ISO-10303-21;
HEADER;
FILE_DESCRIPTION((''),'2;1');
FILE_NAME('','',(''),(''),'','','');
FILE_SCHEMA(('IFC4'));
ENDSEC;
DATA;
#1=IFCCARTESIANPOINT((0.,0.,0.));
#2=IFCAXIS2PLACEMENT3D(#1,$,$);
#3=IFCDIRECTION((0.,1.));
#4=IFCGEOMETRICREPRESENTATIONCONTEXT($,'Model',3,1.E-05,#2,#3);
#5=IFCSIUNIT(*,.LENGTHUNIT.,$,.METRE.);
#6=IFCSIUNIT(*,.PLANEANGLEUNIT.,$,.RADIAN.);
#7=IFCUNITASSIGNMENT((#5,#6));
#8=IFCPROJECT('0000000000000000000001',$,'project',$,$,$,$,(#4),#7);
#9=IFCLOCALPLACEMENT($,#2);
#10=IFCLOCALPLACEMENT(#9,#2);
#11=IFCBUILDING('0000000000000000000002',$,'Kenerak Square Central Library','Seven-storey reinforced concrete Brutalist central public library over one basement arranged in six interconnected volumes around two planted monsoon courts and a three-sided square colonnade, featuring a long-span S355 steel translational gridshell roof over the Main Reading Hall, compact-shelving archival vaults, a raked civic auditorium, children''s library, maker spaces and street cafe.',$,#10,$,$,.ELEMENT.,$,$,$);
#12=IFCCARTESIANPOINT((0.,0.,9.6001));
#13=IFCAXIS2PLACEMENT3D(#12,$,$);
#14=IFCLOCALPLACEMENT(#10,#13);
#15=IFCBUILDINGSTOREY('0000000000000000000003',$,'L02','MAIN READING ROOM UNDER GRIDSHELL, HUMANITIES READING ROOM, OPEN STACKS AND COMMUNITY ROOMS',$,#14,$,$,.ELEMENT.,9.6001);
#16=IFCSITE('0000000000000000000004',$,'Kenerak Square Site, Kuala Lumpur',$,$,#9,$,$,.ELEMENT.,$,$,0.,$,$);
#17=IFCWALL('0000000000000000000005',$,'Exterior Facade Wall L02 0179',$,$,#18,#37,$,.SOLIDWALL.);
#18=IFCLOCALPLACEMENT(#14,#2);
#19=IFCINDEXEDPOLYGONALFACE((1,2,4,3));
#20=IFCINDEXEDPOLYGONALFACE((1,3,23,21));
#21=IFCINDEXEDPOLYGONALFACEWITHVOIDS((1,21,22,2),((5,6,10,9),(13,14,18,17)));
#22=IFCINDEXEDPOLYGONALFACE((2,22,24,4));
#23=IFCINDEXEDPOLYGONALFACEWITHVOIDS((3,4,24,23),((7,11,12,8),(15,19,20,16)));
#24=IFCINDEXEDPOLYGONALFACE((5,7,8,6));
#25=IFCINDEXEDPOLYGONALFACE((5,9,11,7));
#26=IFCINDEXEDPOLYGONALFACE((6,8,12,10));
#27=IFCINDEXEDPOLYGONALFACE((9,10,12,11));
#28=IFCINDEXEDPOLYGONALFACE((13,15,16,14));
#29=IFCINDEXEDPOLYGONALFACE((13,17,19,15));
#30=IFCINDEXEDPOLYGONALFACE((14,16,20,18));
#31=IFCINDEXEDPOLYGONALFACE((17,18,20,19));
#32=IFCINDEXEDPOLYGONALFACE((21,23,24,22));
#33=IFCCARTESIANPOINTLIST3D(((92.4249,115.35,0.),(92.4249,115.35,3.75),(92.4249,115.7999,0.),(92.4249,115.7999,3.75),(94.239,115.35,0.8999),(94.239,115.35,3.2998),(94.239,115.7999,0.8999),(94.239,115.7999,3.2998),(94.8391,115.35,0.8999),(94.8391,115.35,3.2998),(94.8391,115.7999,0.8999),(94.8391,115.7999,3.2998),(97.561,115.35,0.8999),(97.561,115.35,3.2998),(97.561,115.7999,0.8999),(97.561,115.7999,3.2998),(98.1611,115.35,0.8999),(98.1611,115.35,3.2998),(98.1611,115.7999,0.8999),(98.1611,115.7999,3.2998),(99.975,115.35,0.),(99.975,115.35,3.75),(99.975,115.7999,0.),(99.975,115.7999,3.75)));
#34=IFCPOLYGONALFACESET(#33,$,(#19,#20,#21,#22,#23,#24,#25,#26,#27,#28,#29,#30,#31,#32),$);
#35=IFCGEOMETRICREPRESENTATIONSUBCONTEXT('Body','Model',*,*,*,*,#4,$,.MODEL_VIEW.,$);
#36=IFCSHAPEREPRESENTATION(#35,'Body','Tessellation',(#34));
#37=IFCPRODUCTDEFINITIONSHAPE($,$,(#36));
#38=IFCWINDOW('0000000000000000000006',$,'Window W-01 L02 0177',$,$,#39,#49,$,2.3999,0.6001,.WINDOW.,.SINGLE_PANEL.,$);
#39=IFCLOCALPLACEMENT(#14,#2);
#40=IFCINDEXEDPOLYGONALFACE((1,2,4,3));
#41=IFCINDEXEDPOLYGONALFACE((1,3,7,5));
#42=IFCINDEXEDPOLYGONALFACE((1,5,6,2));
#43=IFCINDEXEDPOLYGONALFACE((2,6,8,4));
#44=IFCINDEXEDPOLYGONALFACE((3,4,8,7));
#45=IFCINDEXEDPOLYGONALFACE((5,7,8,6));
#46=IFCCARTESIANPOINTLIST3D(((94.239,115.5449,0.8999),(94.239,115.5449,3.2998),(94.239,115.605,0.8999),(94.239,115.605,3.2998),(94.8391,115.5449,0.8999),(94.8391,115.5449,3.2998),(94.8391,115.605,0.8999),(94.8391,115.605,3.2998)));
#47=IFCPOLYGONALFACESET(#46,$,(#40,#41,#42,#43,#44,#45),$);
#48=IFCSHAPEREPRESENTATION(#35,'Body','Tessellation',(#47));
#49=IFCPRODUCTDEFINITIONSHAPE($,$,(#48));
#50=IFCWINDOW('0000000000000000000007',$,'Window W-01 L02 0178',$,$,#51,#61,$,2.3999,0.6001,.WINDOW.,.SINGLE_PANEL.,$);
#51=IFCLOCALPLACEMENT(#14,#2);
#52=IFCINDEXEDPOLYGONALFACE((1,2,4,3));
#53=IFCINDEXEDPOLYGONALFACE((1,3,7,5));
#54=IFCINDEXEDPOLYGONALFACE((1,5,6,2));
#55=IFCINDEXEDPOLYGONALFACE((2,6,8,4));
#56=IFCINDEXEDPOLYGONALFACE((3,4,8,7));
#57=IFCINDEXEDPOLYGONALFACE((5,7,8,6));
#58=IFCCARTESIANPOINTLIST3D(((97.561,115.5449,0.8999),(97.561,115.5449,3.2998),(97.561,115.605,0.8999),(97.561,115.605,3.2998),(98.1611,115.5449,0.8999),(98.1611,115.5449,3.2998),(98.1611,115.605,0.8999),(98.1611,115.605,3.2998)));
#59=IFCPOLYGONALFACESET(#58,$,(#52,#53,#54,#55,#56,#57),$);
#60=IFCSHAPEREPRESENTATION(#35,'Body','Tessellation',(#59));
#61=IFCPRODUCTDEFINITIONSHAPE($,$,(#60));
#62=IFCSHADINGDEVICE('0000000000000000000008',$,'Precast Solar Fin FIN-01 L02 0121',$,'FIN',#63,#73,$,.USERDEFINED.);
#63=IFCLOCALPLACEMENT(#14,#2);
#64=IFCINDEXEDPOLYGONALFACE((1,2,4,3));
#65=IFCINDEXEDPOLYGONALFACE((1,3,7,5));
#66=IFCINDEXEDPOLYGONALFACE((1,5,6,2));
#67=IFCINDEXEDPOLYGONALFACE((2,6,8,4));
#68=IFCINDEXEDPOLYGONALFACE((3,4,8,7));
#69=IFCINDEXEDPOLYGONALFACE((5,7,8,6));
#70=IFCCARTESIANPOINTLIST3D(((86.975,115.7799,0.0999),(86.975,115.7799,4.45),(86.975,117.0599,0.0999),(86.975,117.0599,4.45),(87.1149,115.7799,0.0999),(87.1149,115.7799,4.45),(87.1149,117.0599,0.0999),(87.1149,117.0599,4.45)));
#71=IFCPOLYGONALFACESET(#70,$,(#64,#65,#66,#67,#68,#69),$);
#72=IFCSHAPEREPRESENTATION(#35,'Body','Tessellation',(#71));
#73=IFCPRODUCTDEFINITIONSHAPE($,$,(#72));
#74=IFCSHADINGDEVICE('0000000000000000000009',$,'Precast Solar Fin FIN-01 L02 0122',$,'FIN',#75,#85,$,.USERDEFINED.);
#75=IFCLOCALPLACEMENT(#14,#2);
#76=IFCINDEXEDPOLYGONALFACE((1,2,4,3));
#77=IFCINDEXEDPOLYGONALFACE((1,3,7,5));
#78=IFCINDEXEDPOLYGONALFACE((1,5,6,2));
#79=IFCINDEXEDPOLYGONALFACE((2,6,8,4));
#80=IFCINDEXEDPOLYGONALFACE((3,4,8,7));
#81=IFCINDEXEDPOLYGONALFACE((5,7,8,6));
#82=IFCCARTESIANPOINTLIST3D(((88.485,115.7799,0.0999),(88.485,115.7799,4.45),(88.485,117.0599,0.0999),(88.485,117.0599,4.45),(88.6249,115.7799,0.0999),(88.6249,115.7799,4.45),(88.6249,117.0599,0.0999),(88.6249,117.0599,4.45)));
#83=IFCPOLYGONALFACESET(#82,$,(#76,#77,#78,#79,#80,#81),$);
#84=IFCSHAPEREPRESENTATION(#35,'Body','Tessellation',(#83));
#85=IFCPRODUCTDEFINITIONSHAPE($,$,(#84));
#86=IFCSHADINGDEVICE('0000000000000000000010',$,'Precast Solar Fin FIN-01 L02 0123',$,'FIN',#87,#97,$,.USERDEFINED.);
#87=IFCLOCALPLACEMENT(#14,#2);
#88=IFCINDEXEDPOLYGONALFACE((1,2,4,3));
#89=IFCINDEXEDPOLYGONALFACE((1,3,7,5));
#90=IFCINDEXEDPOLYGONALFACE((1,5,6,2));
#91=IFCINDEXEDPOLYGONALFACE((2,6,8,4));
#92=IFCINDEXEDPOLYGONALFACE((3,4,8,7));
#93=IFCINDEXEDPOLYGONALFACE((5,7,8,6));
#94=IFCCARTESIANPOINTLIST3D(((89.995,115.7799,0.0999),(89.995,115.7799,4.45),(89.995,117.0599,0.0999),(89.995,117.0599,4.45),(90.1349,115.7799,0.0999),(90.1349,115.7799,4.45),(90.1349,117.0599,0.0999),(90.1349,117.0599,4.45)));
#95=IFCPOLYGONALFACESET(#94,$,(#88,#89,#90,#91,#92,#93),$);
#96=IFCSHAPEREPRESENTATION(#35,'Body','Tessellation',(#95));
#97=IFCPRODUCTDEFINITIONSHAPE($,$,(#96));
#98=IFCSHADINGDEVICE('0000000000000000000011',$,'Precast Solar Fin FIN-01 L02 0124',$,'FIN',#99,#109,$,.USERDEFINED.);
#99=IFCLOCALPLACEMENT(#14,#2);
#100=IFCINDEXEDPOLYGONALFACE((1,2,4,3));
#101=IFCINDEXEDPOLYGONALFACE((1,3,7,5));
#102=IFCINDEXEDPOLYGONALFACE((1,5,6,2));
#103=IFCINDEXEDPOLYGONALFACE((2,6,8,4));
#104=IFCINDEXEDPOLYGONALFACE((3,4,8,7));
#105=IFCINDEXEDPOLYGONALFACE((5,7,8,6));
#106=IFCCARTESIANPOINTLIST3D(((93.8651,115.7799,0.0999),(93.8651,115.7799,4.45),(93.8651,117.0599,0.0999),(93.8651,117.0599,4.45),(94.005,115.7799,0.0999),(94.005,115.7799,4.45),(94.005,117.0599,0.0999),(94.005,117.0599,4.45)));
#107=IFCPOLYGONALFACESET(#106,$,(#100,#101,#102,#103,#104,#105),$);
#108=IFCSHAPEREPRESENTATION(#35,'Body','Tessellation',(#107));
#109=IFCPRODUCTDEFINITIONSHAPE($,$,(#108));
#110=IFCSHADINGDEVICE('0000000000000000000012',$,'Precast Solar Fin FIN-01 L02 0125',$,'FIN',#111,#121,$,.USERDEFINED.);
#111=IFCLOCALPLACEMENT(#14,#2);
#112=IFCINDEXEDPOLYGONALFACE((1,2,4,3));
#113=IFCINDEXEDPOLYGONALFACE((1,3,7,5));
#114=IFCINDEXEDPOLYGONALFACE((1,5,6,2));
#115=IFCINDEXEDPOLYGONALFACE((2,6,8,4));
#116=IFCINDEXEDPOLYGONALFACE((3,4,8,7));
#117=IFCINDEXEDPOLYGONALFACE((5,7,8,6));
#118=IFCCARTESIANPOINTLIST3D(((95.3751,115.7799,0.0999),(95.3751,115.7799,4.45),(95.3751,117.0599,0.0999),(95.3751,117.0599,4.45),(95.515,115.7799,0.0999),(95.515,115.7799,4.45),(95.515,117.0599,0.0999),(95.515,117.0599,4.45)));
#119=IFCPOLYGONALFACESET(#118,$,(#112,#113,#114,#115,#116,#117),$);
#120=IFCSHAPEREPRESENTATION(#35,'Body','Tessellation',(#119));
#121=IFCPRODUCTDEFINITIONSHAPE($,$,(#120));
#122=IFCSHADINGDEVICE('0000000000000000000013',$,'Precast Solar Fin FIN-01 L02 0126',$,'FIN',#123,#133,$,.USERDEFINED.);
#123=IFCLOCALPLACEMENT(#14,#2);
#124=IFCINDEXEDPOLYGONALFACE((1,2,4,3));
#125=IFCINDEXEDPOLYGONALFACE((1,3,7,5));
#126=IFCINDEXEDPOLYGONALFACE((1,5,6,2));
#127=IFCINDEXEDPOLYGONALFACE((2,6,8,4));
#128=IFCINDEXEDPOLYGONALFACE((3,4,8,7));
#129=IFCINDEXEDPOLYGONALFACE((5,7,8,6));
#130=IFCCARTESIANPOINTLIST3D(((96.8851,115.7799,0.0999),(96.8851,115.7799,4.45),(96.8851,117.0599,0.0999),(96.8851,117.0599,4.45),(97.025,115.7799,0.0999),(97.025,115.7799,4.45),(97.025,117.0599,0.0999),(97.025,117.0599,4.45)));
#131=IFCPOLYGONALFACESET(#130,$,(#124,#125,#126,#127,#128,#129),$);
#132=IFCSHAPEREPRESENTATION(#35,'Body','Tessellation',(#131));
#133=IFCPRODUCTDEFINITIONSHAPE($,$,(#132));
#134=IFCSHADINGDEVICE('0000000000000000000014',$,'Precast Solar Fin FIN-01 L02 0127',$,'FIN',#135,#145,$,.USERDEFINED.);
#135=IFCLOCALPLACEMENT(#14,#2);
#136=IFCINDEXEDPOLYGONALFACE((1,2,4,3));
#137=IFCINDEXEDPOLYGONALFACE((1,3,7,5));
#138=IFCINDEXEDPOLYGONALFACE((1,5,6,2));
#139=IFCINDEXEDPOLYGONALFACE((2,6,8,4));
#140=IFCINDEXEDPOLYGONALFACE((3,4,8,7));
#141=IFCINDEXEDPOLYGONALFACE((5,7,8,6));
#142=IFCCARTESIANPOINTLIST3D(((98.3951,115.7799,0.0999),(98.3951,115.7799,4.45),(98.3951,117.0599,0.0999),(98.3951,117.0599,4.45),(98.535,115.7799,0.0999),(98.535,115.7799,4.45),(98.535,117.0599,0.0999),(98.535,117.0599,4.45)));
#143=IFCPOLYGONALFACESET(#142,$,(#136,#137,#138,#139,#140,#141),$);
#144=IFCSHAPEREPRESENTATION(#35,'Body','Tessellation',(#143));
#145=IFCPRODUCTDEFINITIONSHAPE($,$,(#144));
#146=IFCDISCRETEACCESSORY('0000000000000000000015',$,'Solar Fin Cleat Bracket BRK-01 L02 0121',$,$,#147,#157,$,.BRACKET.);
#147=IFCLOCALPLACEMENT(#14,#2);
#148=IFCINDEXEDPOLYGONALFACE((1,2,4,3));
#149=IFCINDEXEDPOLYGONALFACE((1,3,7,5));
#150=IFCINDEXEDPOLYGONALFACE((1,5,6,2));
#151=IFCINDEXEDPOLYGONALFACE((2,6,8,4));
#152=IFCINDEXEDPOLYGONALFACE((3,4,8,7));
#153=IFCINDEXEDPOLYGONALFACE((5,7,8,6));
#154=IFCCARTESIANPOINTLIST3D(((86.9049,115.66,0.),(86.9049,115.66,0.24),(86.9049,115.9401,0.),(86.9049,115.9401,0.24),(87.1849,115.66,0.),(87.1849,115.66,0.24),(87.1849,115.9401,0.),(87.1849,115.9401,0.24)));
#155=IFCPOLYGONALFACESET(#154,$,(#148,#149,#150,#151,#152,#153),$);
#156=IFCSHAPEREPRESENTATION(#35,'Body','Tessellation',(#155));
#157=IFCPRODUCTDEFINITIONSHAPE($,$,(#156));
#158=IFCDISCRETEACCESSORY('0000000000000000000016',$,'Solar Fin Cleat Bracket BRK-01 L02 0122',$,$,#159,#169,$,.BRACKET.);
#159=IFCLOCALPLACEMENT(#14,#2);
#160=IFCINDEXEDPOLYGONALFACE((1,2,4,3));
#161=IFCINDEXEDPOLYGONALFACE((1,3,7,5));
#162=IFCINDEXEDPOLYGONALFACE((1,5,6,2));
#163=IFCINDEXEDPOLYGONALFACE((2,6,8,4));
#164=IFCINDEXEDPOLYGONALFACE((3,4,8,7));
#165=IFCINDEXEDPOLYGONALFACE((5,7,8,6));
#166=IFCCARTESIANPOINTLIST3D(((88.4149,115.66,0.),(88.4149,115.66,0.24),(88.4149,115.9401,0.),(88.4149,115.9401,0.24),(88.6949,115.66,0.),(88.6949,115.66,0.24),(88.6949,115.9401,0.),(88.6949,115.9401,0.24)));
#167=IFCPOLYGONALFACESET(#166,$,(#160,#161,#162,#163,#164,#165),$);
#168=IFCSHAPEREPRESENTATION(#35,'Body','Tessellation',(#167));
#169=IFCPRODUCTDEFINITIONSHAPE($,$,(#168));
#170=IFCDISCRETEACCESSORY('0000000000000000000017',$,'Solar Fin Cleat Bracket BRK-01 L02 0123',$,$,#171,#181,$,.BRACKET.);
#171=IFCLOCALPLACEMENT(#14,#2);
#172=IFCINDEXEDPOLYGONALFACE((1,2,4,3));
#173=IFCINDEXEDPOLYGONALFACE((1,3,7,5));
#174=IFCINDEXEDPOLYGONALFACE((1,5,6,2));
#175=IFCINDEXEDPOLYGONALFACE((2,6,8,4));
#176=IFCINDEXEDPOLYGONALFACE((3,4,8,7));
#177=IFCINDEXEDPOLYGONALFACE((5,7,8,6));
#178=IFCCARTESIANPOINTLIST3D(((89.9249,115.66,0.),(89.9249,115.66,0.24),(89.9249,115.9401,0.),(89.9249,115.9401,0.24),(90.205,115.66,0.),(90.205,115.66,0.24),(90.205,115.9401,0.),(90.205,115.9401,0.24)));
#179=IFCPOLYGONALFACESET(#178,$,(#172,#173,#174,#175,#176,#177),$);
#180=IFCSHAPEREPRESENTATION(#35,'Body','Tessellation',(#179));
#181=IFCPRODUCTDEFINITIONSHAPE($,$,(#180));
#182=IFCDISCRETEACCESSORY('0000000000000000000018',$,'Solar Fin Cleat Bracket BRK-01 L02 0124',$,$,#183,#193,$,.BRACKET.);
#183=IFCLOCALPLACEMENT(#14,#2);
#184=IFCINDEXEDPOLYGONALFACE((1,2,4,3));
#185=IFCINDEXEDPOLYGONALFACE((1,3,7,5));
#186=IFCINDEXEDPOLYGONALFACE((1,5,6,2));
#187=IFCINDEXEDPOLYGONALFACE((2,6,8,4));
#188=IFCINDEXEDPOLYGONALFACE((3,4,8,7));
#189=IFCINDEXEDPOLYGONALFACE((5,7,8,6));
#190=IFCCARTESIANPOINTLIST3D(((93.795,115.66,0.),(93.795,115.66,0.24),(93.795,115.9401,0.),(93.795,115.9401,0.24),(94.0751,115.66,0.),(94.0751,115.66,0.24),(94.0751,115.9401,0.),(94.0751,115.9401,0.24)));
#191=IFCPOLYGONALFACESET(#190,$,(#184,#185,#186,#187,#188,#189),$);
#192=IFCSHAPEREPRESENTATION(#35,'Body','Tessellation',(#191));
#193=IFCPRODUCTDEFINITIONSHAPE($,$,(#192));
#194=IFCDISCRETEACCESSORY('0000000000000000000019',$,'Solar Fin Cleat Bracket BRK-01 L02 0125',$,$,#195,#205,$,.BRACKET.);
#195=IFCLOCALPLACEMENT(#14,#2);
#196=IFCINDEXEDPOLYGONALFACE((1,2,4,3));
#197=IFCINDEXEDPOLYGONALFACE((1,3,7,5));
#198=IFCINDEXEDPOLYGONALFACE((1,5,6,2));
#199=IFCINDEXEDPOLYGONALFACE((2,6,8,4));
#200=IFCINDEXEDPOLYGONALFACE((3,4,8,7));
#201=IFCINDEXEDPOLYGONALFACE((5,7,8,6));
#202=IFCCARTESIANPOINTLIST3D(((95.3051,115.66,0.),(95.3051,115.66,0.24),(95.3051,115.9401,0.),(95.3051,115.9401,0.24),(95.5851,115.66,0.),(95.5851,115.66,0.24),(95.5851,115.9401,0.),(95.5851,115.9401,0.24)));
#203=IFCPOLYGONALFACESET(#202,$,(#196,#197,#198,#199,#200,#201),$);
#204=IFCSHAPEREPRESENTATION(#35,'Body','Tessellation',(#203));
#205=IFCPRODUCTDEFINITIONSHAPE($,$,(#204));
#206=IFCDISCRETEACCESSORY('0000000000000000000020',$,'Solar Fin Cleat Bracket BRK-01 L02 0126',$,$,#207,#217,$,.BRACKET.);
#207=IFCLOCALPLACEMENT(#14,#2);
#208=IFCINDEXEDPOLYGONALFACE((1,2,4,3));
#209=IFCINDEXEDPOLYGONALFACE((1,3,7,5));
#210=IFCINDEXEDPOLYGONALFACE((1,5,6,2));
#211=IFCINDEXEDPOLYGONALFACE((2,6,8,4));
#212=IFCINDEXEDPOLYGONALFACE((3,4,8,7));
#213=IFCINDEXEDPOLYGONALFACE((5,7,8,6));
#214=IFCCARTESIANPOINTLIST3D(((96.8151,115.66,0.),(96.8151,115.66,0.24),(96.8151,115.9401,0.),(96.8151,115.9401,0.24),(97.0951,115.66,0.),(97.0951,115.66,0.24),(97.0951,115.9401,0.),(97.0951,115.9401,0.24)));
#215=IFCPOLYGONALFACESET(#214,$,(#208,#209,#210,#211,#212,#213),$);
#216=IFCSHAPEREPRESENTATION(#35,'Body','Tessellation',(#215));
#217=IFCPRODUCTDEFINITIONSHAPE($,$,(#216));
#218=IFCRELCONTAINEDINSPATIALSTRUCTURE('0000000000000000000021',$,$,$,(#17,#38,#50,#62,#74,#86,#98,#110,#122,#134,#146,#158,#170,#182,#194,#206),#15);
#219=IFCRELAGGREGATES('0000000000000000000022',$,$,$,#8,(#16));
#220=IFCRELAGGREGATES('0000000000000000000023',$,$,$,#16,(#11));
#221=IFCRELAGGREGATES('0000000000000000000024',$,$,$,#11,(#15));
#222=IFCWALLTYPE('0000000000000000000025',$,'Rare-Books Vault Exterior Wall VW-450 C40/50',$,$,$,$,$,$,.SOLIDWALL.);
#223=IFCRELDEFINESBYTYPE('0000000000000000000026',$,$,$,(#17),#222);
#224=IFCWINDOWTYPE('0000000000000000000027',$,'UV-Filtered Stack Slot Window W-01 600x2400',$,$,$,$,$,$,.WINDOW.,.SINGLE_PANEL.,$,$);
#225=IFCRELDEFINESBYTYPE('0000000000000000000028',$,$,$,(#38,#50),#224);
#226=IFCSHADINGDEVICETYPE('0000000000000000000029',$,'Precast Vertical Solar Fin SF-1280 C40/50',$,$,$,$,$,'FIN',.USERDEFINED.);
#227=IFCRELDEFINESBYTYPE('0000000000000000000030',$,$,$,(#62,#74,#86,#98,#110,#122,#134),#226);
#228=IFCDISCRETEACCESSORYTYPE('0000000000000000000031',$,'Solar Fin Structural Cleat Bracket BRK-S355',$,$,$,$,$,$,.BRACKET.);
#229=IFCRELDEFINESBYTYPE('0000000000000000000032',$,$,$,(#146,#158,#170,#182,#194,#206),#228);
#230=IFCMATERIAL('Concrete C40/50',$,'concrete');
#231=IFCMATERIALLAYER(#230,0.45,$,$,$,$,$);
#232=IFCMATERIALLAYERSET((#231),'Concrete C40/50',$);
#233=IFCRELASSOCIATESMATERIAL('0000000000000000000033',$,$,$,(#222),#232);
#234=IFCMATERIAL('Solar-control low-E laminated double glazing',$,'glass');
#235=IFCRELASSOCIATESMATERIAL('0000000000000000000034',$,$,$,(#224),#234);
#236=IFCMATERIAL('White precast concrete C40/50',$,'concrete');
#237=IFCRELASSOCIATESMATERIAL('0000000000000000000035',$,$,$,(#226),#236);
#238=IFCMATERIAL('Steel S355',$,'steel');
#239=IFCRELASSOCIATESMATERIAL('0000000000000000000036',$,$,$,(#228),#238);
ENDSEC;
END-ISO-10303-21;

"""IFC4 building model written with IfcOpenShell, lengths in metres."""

from ifc_helpers import new_model, si_unit, direction, frame, frame_2d, origin, origin_2d, place, context, subcontext, project, spatial, rectangle, extrude, material, layer, layer_set, type_object, element, fill, save


model = new_model("IFC4")

# Units and contexts
model_context = context("Model", 3, precision=1e-05, world=origin(), true_north=direction((0.0, 1.0)))
body_context = subcontext(model_context, "Body", "Model", "MODEL_VIEW")
ifc_project = project(units=[si_unit("LENGTHUNIT", "METRE"), si_unit("PLANEANGLEUNIT", "RADIAN")], contexts=[model_context])

# Site, building, storey
site_placement = place(None, origin())
site = spatial("IfcSite", under=ifc_project, at=site_placement, Name="Kenerak Square Site, Kuala Lumpur", CompositionType="ELEMENT", RefElevation=0.0)
building_placement = place(site_placement, origin())
building = spatial("IfcBuilding", under=site, at=building_placement, Name="Kenerak Square Central Library", Description="Seven-storey reinforced concrete Brutalist central public library over one basement arranged in six interconnected volumes around two planted monsoon courts and a three-sided square colonnade, featuring a long-span S355 steel translational gridshell roof over the Main Reading Hall, compact-shelving archival vaults, a raked civic auditorium, children's library, maker spaces and street cafe.", CompositionType="ELEMENT")
storey_placement = place(building_placement, frame((0.0, 0.0, 9.6001)))
storey = spatial("IfcBuildingStorey", under=building, at=storey_placement, Name="L02", Description="MAIN READING ROOM UNDER GRIDSHELL, HUMANITIES READING ROOM, OPEN STACKS AND COMMUNITY ROOMS", CompositionType="ELEMENT", Elevation=9.6001)

# Shared definitions
ifc_material_1 = material(Name="Concrete C40/50", Category="concrete")

# Wall, openings, windows
ifc_layer_1 = layer(ifc_material_1, 0.45)
ifc_layer_set_1 = layer_set([ifc_layer_1], Name="Concrete C40/50")
wall_type_1 = type_object("IfcWallType", Name="Rare-Books Vault Exterior Wall VW-450 C40/50", PredefinedType="SOLIDWALL", material=ifc_layer_set_1)
wall_1_placement = place(storey_placement, frame((92.425, 115.575, 0.0), z_axis=(0.0, 0.0, 1.0), x_axis=(1.0, 0.0, 0.0)))
wall_1 = element("IfcWall", 1, at=wall_1_placement, inside=storey, type_object=wall_type_1, Name="Exterior Facade Wall L02 0179", PredefinedType="SOLIDWALL", context=body_context, shape_type="SweptSolid", body=[
    extrude(rectangle(XDim=7.55, YDim=0.45, at=frame_2d((3.7749, 0.0))), origin(), (0.0, 0.0, 1.0), 3.75),
])
opening_1_placement = place(wall_1_placement, frame((1.814, 0.0, 0.8999)))
opening_1 = element("IfcOpeningElement", 2, at=opening_1_placement, cuts=wall_1, PredefinedType="OPENING", context=body_context, shape_type="SweptSolid", body=[
    extrude(rectangle(XDim=0.6001, YDim=2.3999, at=frame_2d((0.3, 1.2))), frame((0.0, 0.2349, 0.0), z_axis=(0.0, -1.0, 0.0), x_axis=(1.0, 0.0, 0.0)), (0.0, 0.0, 1.0), 0.47),
])
opening_2_placement = place(wall_1_placement, frame((5.136, 0.0, 0.8999)))
opening_2 = element("IfcOpeningElement", 3, at=opening_2_placement, cuts=wall_1, PredefinedType="OPENING", context=body_context, shape_type="SweptSolid", body=[
    extrude(rectangle(XDim=0.6001, YDim=2.3999, at=frame_2d((0.3, 1.2))), frame((0.0, 0.2349, 0.0), z_axis=(0.0, -1.0, 0.0), x_axis=(1.0, 0.0, 0.0)), (0.0, 0.0, 1.0), 0.47),
])
ifc_material_2 = material(Name="Solar-control low-E laminated double glazing", Category="glass")
window_type = type_object("IfcWindowType", Name="UV-Filtered Stack Slot Window W-01 600x2400", PartitioningType="SINGLE_PANEL", PredefinedType="WINDOW", material=ifc_material_2)
window_1_placement = place(opening_1_placement, origin())
window_1 = element("IfcWindow", 4, at=window_1_placement, inside=storey, type_object=window_type, Name="Window W-01 L02 0177", OverallHeight=2.3999, OverallWidth=0.6001, PartitioningType="SINGLE_PANEL", PredefinedType="WINDOW", context=body_context, shape_type="SweptSolid", body=[
    extrude(rectangle(XDim=0.6001, YDim=2.3999, at=frame_2d((0.3, 1.2))), frame((0.0, 0.03, 0.0), z_axis=(0.0, -1.0, 0.0), x_axis=(1.0, 0.0, 0.0)), (0.0, 0.0, 1.0), 0.0601),
])
fill(opening_1, window_1)
window_2_placement = place(opening_2_placement, origin())
window_2 = element("IfcWindow", 5, at=window_2_placement, inside=storey, type_object=window_type, Name="Window W-01 L02 0178", OverallHeight=2.3999, OverallWidth=0.6001, PartitioningType="SINGLE_PANEL", PredefinedType="WINDOW", context=body_context, shape_type="SweptSolid", body=[
    extrude(rectangle(XDim=0.6001, YDim=2.3999, at=frame_2d((0.3, 1.2))), frame((0.0, 0.03, 0.0), z_axis=(0.0, -1.0, 0.0), x_axis=(1.0, 0.0, 0.0)), (0.0, 0.0, 1.0), 0.0601),
])
fill(opening_2, window_2)

# Shading devices
ifc_material_3 = material(Name="White precast concrete C40/50", Category="concrete")
shading_device_type = type_object("IfcShadingDeviceType", Name="Precast Vertical Solar Fin SF-1280 C40/50", ElementType="FIN", PredefinedType="USERDEFINED", material=ifc_material_3)
for number, where, z_axis, x_axis, name in (
    (6, (87.0449, 116.4199, 0.0999), (0.0, 0.0, 1.0), (1.0, 0.0, 0.0), "Precast Solar Fin FIN-01 L02 0121"),
    (7, (88.5549, 116.4199, 0.0999), (0.0, 0.0, 1.0), (1.0, 0.0, 0.0), "Precast Solar Fin FIN-01 L02 0122"),
    (8, (90.0649, 116.4199, 0.0999), (0.0, 0.0, 1.0), (1.0, 0.0, 0.0), "Precast Solar Fin FIN-01 L02 0123"),
    (9, (93.9351, 116.4199, 0.0999), (0.0, 0.0, 1.0), (1.0, 0.0, 0.0), "Precast Solar Fin FIN-01 L02 0124"),
    (10, (95.4451, 116.4199, 0.0999), (0.0, 0.0, 1.0), (1.0, 0.0, 0.0), "Precast Solar Fin FIN-01 L02 0125"),
    (11, (96.9551, 116.4199, 0.0999), (0.0, 0.0, 1.0), (1.0, 0.0, 0.0), "Precast Solar Fin FIN-01 L02 0126"),
    (12, (98.4651, 116.4199, 0.0999), (0.0, 0.0, 1.0), (1.0, 0.0, 0.0), "Precast Solar Fin FIN-01 L02 0127"),
):
    element("IfcShadingDevice", number, at=place(storey_placement, frame(where, z_axis=z_axis, x_axis=x_axis)), inside=storey, type_object=shading_device_type, Name=name, ObjectType="FIN", PredefinedType="USERDEFINED", context=body_context, shape_type="SweptSolid", body=[
        extrude(rectangle(XDim=0.1399, YDim=1.28, at=origin_2d()), origin(), (0.0, 0.0, 1.0), 4.3501),
    ])

# Discrete accessories
ifc_material_4 = material(Name="Steel S355", Category="steel")
discrete_accessory_type = type_object("IfcDiscreteAccessoryType", Name="Solar Fin Structural Cleat Bracket BRK-S355", PredefinedType="BRACKET", material=ifc_material_4)
for number, where, z_axis, x_axis, name in (
    (13, (87.0449, 115.8, 0.0), (0.0, 0.0, 1.0), (1.0, 0.0, 0.0), "Solar Fin Cleat Bracket BRK-01 L02 0121"),
    (14, (88.5549, 115.8, 0.0), (0.0, 0.0, 1.0), (1.0, 0.0, 0.0), "Solar Fin Cleat Bracket BRK-01 L02 0122"),
    (15, (90.0649, 115.8, 0.0), (0.0, 0.0, 1.0), (1.0, 0.0, 0.0), "Solar Fin Cleat Bracket BRK-01 L02 0123"),
    (16, (93.9351, 115.8, 0.0), (0.0, 0.0, 1.0), (1.0, 0.0, 0.0), "Solar Fin Cleat Bracket BRK-01 L02 0124"),
    (17, (95.4451, 115.8, 0.0), (0.0, 0.0, 1.0), (1.0, 0.0, 0.0), "Solar Fin Cleat Bracket BRK-01 L02 0125"),
    (18, (96.9551, 115.8, 0.0), (0.0, 0.0, 1.0), (1.0, 0.0, 0.0), "Solar Fin Cleat Bracket BRK-01 L02 0126"),
):
    element("IfcDiscreteAccessory", number, at=place(storey_placement, frame(where, z_axis=z_axis, x_axis=x_axis)), inside=storey, type_object=discrete_accessory_type, Name=name, PredefinedType="BRACKET", context=body_context, shape_type="SweptSolid", body=[
        extrude(rectangle(XDim=0.28, YDim=0.28, at=origin_2d()), origin(), (0.0, 0.0, 1.0), 0.24),
    ])

save(model, "model.ifc")
